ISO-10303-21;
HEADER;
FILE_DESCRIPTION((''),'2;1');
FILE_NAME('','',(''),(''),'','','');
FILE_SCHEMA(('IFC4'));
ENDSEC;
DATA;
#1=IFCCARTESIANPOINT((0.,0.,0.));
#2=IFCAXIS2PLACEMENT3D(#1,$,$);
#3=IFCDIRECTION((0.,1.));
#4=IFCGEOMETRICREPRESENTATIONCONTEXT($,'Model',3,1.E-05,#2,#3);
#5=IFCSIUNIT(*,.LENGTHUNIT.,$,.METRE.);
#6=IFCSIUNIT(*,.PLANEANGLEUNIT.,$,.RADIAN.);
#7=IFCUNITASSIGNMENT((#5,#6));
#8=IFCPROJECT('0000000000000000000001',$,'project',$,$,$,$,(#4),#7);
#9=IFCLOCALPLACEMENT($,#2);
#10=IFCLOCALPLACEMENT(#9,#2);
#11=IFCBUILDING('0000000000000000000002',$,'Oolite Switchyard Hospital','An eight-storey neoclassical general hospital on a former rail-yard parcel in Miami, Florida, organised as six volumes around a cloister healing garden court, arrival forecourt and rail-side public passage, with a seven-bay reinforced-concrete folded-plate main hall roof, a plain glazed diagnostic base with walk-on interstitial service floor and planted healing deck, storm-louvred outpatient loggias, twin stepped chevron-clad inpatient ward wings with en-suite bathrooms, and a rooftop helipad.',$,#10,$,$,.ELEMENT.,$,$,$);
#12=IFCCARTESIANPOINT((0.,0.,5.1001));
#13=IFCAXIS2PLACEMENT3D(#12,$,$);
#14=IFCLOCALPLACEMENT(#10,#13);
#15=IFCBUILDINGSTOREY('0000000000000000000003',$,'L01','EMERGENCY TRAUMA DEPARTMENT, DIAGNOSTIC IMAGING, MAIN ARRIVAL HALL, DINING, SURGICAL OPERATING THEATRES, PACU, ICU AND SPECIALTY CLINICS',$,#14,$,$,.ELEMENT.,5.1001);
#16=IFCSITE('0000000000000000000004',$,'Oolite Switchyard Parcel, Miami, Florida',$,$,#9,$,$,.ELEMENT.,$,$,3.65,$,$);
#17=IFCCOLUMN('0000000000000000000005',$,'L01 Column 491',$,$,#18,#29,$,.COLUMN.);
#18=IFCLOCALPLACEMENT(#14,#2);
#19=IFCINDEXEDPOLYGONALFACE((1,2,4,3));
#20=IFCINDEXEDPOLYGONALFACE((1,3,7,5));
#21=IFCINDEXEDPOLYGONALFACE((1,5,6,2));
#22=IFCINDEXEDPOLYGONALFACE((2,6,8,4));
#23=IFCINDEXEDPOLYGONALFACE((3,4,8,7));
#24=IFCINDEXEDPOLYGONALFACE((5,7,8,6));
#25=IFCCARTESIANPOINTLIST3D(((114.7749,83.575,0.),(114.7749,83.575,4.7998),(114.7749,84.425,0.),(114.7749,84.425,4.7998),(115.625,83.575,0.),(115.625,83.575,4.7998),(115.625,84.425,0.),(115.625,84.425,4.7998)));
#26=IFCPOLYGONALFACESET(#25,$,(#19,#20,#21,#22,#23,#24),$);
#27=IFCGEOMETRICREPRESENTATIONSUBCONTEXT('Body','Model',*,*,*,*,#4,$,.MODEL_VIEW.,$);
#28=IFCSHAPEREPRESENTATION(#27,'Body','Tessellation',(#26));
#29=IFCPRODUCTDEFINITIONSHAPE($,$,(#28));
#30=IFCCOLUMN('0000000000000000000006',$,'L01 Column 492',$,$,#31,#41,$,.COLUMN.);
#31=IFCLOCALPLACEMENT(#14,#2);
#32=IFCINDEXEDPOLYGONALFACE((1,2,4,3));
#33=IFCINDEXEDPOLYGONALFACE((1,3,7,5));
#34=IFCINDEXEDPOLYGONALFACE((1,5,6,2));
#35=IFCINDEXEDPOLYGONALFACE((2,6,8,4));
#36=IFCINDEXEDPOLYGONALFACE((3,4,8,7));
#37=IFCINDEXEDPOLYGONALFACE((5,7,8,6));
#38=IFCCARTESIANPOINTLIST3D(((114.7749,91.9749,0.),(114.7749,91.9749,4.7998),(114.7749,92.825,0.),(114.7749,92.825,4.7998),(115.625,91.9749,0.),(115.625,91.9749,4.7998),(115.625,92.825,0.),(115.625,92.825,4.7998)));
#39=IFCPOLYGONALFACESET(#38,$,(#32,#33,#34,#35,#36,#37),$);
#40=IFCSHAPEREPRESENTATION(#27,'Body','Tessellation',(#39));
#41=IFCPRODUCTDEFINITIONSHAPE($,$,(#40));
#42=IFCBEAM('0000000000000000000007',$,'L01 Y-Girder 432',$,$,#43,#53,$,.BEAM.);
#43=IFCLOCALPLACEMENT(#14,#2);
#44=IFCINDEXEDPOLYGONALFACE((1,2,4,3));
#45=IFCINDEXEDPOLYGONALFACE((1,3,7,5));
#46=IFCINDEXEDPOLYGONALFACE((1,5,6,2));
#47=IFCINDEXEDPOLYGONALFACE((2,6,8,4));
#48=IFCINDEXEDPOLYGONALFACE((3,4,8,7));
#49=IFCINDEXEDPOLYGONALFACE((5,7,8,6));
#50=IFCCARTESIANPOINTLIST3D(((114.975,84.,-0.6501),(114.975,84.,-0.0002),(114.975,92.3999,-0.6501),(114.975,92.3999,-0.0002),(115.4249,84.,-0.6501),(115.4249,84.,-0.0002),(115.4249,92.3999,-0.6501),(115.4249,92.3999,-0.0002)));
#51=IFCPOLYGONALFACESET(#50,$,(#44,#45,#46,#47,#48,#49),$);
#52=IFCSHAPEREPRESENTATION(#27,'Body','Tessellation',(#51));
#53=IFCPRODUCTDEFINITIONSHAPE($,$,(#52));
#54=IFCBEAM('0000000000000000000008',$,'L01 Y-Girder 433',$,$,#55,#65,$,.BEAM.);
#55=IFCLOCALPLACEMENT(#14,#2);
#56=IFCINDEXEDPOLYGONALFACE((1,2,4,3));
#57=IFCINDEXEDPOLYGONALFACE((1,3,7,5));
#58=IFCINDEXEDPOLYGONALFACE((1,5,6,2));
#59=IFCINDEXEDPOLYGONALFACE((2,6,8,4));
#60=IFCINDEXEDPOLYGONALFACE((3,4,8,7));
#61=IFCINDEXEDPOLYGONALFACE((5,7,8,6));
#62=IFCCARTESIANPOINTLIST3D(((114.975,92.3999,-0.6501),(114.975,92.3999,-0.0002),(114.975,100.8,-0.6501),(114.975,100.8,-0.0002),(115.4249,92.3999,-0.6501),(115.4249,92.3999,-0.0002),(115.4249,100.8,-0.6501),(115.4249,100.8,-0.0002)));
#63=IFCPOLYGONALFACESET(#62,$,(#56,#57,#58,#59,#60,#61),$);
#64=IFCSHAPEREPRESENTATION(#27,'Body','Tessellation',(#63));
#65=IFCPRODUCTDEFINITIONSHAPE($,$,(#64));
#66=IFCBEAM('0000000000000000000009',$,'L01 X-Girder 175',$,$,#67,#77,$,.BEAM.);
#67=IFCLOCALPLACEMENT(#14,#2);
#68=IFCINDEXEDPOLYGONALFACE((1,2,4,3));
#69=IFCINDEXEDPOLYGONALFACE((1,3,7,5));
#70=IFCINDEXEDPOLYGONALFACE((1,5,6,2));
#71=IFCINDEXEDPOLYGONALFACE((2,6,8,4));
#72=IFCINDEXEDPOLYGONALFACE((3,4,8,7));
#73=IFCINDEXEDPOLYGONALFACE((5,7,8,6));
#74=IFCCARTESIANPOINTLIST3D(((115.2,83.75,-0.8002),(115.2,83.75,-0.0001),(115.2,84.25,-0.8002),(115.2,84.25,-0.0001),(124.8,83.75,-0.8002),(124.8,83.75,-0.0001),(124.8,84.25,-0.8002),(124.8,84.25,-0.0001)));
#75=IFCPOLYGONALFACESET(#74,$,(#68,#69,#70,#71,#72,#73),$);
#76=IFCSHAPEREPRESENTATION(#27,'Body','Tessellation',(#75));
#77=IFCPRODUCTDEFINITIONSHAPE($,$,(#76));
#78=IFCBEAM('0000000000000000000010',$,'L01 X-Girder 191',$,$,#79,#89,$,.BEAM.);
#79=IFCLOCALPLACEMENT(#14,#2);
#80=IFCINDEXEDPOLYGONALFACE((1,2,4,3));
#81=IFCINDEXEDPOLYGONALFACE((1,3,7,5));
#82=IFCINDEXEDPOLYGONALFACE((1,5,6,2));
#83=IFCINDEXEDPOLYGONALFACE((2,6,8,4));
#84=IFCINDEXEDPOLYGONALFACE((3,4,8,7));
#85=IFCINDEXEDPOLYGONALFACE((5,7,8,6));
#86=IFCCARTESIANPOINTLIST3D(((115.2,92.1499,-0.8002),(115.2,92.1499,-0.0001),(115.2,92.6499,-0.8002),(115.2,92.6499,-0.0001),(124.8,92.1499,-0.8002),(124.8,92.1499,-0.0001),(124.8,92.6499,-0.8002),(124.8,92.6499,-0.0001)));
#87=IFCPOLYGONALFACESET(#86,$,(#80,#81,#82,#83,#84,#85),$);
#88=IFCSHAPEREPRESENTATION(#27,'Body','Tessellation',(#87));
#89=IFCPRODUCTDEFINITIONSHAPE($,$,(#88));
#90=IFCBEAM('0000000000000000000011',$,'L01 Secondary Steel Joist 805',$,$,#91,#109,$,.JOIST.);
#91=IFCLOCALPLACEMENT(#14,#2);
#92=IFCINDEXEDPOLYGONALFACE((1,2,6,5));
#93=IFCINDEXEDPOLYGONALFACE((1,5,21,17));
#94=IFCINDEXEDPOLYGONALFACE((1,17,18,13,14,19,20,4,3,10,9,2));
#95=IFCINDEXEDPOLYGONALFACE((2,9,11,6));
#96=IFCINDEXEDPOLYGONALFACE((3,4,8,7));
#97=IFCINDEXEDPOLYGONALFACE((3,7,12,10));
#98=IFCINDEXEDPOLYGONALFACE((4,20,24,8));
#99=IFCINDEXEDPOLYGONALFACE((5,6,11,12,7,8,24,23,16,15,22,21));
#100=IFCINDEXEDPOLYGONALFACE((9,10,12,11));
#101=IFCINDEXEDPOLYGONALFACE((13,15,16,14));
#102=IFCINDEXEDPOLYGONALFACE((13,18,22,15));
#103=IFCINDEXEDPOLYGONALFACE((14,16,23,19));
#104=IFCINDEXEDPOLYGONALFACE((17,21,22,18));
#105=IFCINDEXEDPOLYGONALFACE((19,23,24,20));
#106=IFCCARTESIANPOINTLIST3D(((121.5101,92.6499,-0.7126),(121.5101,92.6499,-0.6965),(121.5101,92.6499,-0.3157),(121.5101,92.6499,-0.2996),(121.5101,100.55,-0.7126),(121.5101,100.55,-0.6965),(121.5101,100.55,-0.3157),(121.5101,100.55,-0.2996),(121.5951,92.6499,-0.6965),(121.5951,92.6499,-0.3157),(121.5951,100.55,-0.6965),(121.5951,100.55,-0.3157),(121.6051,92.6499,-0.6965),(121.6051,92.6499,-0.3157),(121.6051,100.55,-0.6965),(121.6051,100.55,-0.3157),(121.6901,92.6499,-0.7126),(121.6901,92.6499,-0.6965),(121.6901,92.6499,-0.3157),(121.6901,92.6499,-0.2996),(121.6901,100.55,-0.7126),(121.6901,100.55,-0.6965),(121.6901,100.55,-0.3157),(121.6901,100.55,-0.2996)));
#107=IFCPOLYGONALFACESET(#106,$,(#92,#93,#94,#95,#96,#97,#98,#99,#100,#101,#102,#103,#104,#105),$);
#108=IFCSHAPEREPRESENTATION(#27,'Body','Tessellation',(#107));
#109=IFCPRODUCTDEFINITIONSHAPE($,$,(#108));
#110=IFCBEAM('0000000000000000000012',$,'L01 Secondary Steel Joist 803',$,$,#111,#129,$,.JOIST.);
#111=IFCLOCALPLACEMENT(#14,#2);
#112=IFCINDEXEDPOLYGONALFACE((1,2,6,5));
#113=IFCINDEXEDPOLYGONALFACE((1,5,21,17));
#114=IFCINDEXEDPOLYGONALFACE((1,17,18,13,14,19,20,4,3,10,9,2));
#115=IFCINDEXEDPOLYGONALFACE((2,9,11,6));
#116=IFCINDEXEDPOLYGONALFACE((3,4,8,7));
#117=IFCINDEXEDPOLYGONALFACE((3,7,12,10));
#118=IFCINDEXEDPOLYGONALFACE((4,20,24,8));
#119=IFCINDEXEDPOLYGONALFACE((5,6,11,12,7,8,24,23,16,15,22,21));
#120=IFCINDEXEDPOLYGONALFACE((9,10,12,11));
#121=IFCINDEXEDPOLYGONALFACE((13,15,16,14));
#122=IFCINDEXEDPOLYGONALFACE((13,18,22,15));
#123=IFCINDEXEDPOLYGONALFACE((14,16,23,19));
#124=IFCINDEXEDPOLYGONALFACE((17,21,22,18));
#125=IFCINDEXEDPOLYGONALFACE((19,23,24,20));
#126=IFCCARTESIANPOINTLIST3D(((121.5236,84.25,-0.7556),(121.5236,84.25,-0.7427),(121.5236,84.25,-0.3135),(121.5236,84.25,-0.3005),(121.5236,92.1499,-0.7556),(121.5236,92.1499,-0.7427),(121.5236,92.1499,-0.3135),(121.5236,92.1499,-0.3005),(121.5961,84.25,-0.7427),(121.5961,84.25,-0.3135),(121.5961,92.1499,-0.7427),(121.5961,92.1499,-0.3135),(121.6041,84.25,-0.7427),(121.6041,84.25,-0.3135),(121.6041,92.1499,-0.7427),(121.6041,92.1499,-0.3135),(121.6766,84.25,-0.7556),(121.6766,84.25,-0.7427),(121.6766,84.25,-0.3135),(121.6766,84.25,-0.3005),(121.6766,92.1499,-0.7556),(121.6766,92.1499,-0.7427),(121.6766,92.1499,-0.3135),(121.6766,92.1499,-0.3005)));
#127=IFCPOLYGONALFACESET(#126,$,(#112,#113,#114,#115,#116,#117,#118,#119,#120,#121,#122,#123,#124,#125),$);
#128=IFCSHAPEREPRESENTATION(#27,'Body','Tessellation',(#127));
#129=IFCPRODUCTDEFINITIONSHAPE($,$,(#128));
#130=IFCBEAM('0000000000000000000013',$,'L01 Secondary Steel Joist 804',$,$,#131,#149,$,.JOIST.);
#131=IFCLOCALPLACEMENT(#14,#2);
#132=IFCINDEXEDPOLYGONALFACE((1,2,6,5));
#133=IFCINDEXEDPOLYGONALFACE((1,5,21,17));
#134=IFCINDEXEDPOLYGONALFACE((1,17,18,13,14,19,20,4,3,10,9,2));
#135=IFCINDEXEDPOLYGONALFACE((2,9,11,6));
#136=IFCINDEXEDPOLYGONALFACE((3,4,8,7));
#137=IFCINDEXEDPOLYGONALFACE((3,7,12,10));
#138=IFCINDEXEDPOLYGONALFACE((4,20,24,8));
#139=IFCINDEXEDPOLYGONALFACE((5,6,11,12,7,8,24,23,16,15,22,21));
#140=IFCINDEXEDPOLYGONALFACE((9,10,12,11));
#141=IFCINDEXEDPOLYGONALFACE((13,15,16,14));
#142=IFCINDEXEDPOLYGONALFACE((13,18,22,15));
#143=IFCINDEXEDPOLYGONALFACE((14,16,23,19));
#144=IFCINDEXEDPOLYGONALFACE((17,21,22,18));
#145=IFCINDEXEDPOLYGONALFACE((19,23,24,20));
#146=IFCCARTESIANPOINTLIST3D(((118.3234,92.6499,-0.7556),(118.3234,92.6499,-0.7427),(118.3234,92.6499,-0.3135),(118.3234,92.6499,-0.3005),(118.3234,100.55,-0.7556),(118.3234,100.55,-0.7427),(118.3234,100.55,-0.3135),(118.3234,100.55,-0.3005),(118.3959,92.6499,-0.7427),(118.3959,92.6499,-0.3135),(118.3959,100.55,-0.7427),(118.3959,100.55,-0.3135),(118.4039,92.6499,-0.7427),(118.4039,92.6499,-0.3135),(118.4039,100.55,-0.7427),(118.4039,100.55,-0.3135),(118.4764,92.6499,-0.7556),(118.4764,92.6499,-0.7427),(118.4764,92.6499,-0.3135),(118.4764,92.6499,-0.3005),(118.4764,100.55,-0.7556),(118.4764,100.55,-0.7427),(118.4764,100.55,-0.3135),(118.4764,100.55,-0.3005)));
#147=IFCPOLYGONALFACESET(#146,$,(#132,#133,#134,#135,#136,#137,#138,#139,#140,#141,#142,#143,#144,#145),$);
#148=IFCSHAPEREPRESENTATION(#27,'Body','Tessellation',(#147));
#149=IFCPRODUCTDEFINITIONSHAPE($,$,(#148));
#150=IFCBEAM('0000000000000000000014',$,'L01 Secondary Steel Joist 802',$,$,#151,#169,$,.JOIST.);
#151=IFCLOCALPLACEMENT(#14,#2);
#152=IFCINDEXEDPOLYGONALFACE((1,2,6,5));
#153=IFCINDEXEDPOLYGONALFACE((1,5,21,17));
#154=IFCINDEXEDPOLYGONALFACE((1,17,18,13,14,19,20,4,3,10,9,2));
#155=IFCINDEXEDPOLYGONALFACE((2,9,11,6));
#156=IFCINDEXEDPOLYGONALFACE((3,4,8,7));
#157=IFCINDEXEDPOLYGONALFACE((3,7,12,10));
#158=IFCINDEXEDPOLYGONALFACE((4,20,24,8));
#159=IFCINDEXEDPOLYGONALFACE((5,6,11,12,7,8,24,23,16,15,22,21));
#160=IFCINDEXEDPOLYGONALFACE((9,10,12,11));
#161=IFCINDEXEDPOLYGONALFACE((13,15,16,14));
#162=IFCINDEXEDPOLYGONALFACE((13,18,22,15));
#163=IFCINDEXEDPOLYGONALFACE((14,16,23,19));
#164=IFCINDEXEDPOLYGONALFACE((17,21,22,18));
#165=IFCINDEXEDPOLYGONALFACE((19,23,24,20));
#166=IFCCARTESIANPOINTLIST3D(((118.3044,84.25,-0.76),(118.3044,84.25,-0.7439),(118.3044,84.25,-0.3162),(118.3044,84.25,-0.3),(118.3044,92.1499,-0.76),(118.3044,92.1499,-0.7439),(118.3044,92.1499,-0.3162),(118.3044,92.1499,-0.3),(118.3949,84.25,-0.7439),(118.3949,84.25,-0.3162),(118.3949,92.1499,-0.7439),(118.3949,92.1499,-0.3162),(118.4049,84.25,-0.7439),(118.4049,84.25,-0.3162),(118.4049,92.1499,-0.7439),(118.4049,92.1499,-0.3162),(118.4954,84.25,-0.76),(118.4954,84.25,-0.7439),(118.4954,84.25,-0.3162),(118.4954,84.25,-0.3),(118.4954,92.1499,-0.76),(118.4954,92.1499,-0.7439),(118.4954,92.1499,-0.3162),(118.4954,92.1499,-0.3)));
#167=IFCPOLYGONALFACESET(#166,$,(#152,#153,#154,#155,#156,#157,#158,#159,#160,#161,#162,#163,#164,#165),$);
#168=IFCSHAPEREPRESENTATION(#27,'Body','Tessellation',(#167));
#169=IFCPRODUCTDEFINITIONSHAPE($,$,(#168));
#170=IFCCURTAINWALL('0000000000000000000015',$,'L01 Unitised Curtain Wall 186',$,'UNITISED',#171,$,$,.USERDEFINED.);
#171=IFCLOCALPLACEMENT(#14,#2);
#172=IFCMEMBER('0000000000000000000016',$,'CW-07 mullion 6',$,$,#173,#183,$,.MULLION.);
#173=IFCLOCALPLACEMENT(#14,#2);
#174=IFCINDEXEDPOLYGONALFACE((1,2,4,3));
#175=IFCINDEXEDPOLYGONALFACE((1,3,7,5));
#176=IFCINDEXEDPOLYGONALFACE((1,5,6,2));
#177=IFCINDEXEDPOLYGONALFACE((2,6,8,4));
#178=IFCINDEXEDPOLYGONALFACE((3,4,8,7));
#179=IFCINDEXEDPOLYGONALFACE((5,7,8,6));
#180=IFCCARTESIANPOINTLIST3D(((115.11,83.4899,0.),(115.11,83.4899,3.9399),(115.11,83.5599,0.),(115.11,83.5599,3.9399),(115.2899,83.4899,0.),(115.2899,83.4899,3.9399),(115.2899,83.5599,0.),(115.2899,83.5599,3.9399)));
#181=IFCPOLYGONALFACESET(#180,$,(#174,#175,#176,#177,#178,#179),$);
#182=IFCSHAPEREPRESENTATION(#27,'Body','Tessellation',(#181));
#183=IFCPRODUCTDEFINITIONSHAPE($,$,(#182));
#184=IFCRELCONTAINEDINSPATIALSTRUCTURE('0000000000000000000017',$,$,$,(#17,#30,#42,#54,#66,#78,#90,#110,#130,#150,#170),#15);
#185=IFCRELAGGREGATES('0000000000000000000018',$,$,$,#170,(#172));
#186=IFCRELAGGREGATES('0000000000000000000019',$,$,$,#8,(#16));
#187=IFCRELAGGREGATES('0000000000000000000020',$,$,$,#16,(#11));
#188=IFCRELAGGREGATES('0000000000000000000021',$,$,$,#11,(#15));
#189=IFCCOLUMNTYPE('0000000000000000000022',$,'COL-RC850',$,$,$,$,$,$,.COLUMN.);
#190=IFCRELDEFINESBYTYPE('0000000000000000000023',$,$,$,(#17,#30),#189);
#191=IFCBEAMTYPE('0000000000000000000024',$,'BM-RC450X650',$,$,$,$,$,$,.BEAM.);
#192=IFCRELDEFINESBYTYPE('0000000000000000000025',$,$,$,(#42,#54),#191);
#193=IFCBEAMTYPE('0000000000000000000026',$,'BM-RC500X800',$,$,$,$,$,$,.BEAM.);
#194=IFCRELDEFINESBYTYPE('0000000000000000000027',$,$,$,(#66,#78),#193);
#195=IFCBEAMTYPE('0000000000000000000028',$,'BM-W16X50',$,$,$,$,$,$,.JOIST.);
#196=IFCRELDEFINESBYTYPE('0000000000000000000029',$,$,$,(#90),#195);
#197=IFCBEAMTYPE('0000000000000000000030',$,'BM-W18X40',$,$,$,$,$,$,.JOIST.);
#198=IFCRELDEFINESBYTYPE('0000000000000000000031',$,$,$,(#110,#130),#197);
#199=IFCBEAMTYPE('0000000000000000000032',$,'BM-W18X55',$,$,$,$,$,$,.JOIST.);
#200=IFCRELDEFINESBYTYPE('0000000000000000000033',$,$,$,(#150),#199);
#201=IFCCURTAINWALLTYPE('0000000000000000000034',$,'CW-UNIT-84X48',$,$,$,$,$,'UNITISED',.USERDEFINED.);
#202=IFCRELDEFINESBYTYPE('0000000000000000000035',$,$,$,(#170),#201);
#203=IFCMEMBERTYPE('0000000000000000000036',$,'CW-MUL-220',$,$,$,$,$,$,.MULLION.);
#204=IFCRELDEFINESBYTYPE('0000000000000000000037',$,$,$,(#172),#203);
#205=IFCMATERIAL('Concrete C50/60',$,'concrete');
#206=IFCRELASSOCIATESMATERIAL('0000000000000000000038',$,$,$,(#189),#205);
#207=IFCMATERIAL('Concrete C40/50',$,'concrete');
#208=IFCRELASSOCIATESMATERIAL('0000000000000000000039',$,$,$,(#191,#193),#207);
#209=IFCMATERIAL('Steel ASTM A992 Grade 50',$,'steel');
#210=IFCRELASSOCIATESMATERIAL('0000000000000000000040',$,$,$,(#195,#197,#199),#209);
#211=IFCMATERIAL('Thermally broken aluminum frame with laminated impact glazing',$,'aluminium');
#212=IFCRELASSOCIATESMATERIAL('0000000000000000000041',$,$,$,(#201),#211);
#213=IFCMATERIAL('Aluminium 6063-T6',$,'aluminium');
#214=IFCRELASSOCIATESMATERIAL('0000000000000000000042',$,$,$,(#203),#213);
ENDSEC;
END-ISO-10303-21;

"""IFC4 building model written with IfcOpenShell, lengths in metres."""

from ifc_helpers import new_model, si_unit, direction, frame, origin, origin_2d, place, context, subcontext, project, spatial, rectangle, i_section, extrude, material, material_profile, profile_set, type_object, element, aggregate, save


model = new_model("IFC4")

# Units and contexts
model_context = context("Model", 3, precision=1e-05, world=origin(), true_north=direction((0.0, 1.0)))
body_context = subcontext(model_context, "Body", "Model", "MODEL_VIEW")
ifc_project = project(units=[si_unit("LENGTHUNIT", "METRE"), si_unit("PLANEANGLEUNIT", "RADIAN")], contexts=[model_context])

# Site, building, storey
site_placement = place(None, origin())
site = spatial("IfcSite", under=ifc_project, at=site_placement, Name="Oolite Switchyard Parcel, Miami, Florida", CompositionType="ELEMENT", RefElevation=3.65)
building_placement = place(site_placement, origin())
building = spatial("IfcBuilding", under=site, at=building_placement, Name="Oolite Switchyard Hospital", Description="An eight-storey neoclassical general hospital on a former rail-yard parcel in Miami, Florida, organised as six volumes around a cloister healing garden court, arrival forecourt and rail-side public passage, with a seven-bay reinforced-concrete folded-plate main hall roof, a plain glazed diagnostic base with walk-on interstitial service floor and planted healing deck, storm-louvred outpatient loggias, twin stepped chevron-clad inpatient ward wings with en-suite bathrooms, and a rooftop helipad.", CompositionType="ELEMENT")
storey_placement = place(building_placement, frame((0.0, 0.0, 5.1001)))
storey = spatial("IfcBuildingStorey", under=building, at=storey_placement, Name="L01", Description="EMERGENCY TRAUMA DEPARTMENT, DIAGNOSTIC IMAGING, MAIN ARRIVAL HALL, DINING, SURGICAL OPERATING THEATRES, PACU, ICU AND SPECIALTY CLINICS", CompositionType="ELEMENT", Elevation=5.1001)

# Columns
ifc_material_1 = material(Name="Concrete C50/60", Category="concrete")
ifc_material_profile_1 = material_profile(ifc_material_1, rectangle(XDim=0.8501, YDim=0.8501, at=origin_2d()), Name="RC850X850")
ifc_profile_set_1 = profile_set([ifc_material_profile_1], Name="Concrete C50/60")
column_type = type_object("IfcColumnType", Name="COL-RC850", PredefinedType="COLUMN", material=ifc_profile_set_1)
for number, where, z_axis, x_axis, name in (
    (1, (115.2, 84.0, 0.0), (0.0, 0.0, 1.0), (1.0, 0.0, 0.0), "L01 Column 491"),
    (2, (115.2, 92.3999, 0.0), (0.0, 0.0, 1.0), (1.0, 0.0, 0.0), "L01 Column 492"),
):
    element("IfcColumn", number, at=place(storey_placement, frame(where, z_axis=z_axis, x_axis=x_axis)), inside=storey, type_object=column_type, Name=name, PredefinedType="COLUMN", context=body_context, shape_type="SweptSolid", body=[
        extrude(rectangle(XDim=0.8501, YDim=0.8501, at=origin_2d()), origin(), (0.0, 0.0, 1.0), 4.7998),
    ])

# Beams
ifc_material_2 = material(Name="Concrete C40/50", Category="concrete")
ifc_material_profile_2 = material_profile(ifc_material_2, rectangle(XDim=0.45, YDim=0.6499, at=origin_2d()), Name="RCB450X650")
ifc_profile_set_2 = profile_set([ifc_material_profile_2], Name="Concrete C40/50")
beam_type_1 = type_object("IfcBeamType", Name="BM-RC450X650", PredefinedType="BEAM", material=ifc_profile_set_2)
beam_1_placement = place(storey_placement, frame((115.2, 84.0, -0.3252), z_axis=(0.0, 1.0, 0.0), x_axis=(-1.0, 0.0, 0.0)))
element("IfcBeam", 3, at=beam_1_placement, inside=storey, type_object=beam_type_1, Name="L01 Y-Girder 432", PredefinedType="BEAM", context=body_context, shape_type="SweptSolid", body=[
    extrude(rectangle(XDim=0.45, YDim=0.6499, at=origin_2d()), origin(), (0.0, 0.0, 1.0), 8.3999),
])
beam_2_placement = place(storey_placement, frame((115.2, 92.3999, -0.3252), z_axis=(0.0, 1.0, 0.0), x_axis=(-1.0, 0.0, 0.0)))
element("IfcBeam", 4, at=beam_2_placement, inside=storey, type_object=beam_type_1, Name="L01 Y-Girder 433", PredefinedType="BEAM", context=body_context, shape_type="SweptSolid", body=[
    extrude(rectangle(XDim=0.45, YDim=0.6499, at=origin_2d()), origin(), (0.0, 0.0, 1.0), 8.4001),
])
ifc_material_profile_3 = material_profile(ifc_material_2, rectangle(XDim=0.5, YDim=0.8, at=origin_2d()), Name="RCB500X800")
ifc_profile_set_3 = profile_set([ifc_material_profile_3], Name="Concrete C40/50")
beam_type_2 = type_object("IfcBeamType", Name="BM-RC500X800", PredefinedType="BEAM", material=ifc_profile_set_3)
for number, where, z_axis, x_axis, name in (
    (5, (115.2, 84.0, -0.4001), (1.0, 0.0, 0.0), (0.0, 1.0, 0.0), "L01 X-Girder 175"),
    (6, (115.2, 92.3999, -0.4001), (1.0, 0.0, 0.0), (0.0, 1.0, 0.0), "L01 X-Girder 191"),
):
    element("IfcBeam", number, at=place(storey_placement, frame(where, z_axis=z_axis, x_axis=x_axis)), inside=storey, type_object=beam_type_2, Name=name, PredefinedType="BEAM", context=body_context, shape_type="SweptSolid", body=[
        extrude(rectangle(XDim=0.5, YDim=0.8, at=origin_2d()), origin(), (0.0, 0.0, 1.0), 9.6001),
    ])
ifc_material_3 = material(Name="Steel ASTM A992 Grade 50", Category="steel")
ifc_material_profile_4 = material_profile(ifc_material_3, i_section(OverallWidth=0.1799, OverallDepth=0.4131, WebThickness=0.01, FlangeThickness=0.0161, at=origin_2d()), Name="W16X50")
ifc_profile_set_4 = profile_set([ifc_material_profile_4], Name="Steel ASTM A992 Grade 50")
beam_type_3 = type_object("IfcBeamType", Name="BM-W16X50", PredefinedType="JOIST", material=ifc_profile_set_4)
beam_3_placement = place(storey_placement, frame((121.6001, 92.6499, -0.5061), z_axis=(0.0, 1.0, 0.0), x_axis=(-1.0, 0.0, 0.0)))
element("IfcBeam", 7, at=beam_3_placement, inside=storey, type_object=beam_type_3, Name="L01 Secondary Steel Joist 805", PredefinedType="JOIST", context=body_context, shape_type="SweptSolid", body=[
    extrude(i_section(OverallWidth=0.1799, OverallDepth=0.4131, WebThickness=0.01, FlangeThickness=0.0161, at=origin_2d()), origin(), (0.0, 0.0, 1.0), 7.9001),
])
ifc_material_profile_5 = material_profile(ifc_material_3, i_section(OverallWidth=0.1531, OverallDepth=0.4551, WebThickness=0.0081, FlangeThickness=0.0129, at=origin_2d()), Name="W18X40")
ifc_profile_set_5 = profile_set([ifc_material_profile_5], Name="Steel ASTM A992 Grade 50")
beam_type_4 = type_object("IfcBeamType", Name="BM-W18X40", PredefinedType="JOIST", material=ifc_profile_set_5)
beam_4_placement = place(storey_placement, frame((121.6001, 84.25, -0.5281), z_axis=(0.0, 1.0, 0.0), x_axis=(-1.0, 0.0, 0.0)))
element("IfcBeam", 8, at=beam_4_placement, inside=storey, type_object=beam_type_4, Name="L01 Secondary Steel Joist 803", PredefinedType="JOIST", context=body_context, shape_type="SweptSolid", body=[
    extrude(i_section(OverallWidth=0.1531, OverallDepth=0.4551, WebThickness=0.0081, FlangeThickness=0.0129, at=origin_2d()), origin(), (0.0, 0.0, 1.0), 7.8999),
])
beam_5_placement = place(storey_placement, frame((118.3999, 92.6499, -0.5281), z_axis=(0.0, 1.0, 0.0), x_axis=(-1.0, 0.0, 0.0)))
element("IfcBeam", 9, at=beam_5_placement, inside=storey, type_object=beam_type_4, Name="L01 Secondary Steel Joist 804", PredefinedType="JOIST", context=body_context, shape_type="SweptSolid", body=[
    extrude(i_section(OverallWidth=0.1531, OverallDepth=0.4551, WebThickness=0.0081, FlangeThickness=0.0129, at=origin_2d()), origin(), (0.0, 0.0, 1.0), 7.9001),
])
ifc_material_profile_6 = material_profile(ifc_material_3, i_section(OverallWidth=0.1909, OverallDepth=0.46, WebThickness=0.01, FlangeThickness=0.0161, at=origin_2d()), Name="W18X55")
ifc_profile_set_6 = profile_set([ifc_material_profile_6], Name="Steel ASTM A992 Grade 50")
beam_type_5 = type_object("IfcBeamType", Name="BM-W18X55", PredefinedType="JOIST", material=ifc_profile_set_6)
beam_6_placement = place(storey_placement, frame((118.3999, 84.25, -0.53), z_axis=(0.0, 1.0, 0.0), x_axis=(-1.0, 0.0, 0.0)))
element("IfcBeam", 10, at=beam_6_placement, inside=storey, type_object=beam_type_5, Name="L01 Secondary Steel Joist 802", PredefinedType="JOIST", context=body_context, shape_type="SweptSolid", body=[
    extrude(i_section(OverallWidth=0.1909, OverallDepth=0.46, WebThickness=0.01, FlangeThickness=0.0161, at=origin_2d()), origin(), (0.0, 0.0, 1.0), 7.8999),
])

# Curtain wall, member
ifc_material_4 = material(Name="Thermally broken aluminum frame with laminated impact glazing", Category="aluminium")
curtain_wall_type_1 = type_object("IfcCurtainWallType", Name="CW-UNIT-84X48", ElementType="UNITISED", PredefinedType="USERDEFINED", material=ifc_material_4)
curtain_wall_1_placement = place(storey_placement, origin())
curtain_wall_1 = element("IfcCurtainWall", 11, at=curtain_wall_1_placement, inside=storey, type_object=curtain_wall_type_1, Name="L01 Unitised Curtain Wall 186", ObjectType="UNITISED", PredefinedType="USERDEFINED")
ifc_material_5 = material(Name="Aluminium 6063-T6", Category="aluminium")
ifc_material_profile_7 = material_profile(ifc_material_5, rectangle(XDim=0.1799, YDim=0.0701, at=origin_2d()), Name="CWM70X180")
ifc_profile_set_7 = profile_set([ifc_material_profile_7], Name="Aluminium 6063-T6")
member_type_1 = type_object("IfcMemberType", Name="CW-MUL-220", PredefinedType="MULLION", material=ifc_profile_set_7)
member_1_placement = place(storey_placement, frame((115.2, 83.5249, 0.0), z_axis=(0.0, 0.0, 1.0), x_axis=(-1.0, 0.0, 0.0)))
member_1 = element("IfcMember", 12, at=member_1_placement, type_object=member_type_1, Name="CW-07 mullion 6", PredefinedType="MULLION", context=body_context, shape_type="SweptSolid", body=[
    extrude(rectangle(XDim=0.1799, YDim=0.0701, at=origin_2d()), origin(), (0.0, 0.0, 1.0), 3.9399),
])

aggregate(curtain_wall_1, [member_1])

save(model, "model.ifc")
